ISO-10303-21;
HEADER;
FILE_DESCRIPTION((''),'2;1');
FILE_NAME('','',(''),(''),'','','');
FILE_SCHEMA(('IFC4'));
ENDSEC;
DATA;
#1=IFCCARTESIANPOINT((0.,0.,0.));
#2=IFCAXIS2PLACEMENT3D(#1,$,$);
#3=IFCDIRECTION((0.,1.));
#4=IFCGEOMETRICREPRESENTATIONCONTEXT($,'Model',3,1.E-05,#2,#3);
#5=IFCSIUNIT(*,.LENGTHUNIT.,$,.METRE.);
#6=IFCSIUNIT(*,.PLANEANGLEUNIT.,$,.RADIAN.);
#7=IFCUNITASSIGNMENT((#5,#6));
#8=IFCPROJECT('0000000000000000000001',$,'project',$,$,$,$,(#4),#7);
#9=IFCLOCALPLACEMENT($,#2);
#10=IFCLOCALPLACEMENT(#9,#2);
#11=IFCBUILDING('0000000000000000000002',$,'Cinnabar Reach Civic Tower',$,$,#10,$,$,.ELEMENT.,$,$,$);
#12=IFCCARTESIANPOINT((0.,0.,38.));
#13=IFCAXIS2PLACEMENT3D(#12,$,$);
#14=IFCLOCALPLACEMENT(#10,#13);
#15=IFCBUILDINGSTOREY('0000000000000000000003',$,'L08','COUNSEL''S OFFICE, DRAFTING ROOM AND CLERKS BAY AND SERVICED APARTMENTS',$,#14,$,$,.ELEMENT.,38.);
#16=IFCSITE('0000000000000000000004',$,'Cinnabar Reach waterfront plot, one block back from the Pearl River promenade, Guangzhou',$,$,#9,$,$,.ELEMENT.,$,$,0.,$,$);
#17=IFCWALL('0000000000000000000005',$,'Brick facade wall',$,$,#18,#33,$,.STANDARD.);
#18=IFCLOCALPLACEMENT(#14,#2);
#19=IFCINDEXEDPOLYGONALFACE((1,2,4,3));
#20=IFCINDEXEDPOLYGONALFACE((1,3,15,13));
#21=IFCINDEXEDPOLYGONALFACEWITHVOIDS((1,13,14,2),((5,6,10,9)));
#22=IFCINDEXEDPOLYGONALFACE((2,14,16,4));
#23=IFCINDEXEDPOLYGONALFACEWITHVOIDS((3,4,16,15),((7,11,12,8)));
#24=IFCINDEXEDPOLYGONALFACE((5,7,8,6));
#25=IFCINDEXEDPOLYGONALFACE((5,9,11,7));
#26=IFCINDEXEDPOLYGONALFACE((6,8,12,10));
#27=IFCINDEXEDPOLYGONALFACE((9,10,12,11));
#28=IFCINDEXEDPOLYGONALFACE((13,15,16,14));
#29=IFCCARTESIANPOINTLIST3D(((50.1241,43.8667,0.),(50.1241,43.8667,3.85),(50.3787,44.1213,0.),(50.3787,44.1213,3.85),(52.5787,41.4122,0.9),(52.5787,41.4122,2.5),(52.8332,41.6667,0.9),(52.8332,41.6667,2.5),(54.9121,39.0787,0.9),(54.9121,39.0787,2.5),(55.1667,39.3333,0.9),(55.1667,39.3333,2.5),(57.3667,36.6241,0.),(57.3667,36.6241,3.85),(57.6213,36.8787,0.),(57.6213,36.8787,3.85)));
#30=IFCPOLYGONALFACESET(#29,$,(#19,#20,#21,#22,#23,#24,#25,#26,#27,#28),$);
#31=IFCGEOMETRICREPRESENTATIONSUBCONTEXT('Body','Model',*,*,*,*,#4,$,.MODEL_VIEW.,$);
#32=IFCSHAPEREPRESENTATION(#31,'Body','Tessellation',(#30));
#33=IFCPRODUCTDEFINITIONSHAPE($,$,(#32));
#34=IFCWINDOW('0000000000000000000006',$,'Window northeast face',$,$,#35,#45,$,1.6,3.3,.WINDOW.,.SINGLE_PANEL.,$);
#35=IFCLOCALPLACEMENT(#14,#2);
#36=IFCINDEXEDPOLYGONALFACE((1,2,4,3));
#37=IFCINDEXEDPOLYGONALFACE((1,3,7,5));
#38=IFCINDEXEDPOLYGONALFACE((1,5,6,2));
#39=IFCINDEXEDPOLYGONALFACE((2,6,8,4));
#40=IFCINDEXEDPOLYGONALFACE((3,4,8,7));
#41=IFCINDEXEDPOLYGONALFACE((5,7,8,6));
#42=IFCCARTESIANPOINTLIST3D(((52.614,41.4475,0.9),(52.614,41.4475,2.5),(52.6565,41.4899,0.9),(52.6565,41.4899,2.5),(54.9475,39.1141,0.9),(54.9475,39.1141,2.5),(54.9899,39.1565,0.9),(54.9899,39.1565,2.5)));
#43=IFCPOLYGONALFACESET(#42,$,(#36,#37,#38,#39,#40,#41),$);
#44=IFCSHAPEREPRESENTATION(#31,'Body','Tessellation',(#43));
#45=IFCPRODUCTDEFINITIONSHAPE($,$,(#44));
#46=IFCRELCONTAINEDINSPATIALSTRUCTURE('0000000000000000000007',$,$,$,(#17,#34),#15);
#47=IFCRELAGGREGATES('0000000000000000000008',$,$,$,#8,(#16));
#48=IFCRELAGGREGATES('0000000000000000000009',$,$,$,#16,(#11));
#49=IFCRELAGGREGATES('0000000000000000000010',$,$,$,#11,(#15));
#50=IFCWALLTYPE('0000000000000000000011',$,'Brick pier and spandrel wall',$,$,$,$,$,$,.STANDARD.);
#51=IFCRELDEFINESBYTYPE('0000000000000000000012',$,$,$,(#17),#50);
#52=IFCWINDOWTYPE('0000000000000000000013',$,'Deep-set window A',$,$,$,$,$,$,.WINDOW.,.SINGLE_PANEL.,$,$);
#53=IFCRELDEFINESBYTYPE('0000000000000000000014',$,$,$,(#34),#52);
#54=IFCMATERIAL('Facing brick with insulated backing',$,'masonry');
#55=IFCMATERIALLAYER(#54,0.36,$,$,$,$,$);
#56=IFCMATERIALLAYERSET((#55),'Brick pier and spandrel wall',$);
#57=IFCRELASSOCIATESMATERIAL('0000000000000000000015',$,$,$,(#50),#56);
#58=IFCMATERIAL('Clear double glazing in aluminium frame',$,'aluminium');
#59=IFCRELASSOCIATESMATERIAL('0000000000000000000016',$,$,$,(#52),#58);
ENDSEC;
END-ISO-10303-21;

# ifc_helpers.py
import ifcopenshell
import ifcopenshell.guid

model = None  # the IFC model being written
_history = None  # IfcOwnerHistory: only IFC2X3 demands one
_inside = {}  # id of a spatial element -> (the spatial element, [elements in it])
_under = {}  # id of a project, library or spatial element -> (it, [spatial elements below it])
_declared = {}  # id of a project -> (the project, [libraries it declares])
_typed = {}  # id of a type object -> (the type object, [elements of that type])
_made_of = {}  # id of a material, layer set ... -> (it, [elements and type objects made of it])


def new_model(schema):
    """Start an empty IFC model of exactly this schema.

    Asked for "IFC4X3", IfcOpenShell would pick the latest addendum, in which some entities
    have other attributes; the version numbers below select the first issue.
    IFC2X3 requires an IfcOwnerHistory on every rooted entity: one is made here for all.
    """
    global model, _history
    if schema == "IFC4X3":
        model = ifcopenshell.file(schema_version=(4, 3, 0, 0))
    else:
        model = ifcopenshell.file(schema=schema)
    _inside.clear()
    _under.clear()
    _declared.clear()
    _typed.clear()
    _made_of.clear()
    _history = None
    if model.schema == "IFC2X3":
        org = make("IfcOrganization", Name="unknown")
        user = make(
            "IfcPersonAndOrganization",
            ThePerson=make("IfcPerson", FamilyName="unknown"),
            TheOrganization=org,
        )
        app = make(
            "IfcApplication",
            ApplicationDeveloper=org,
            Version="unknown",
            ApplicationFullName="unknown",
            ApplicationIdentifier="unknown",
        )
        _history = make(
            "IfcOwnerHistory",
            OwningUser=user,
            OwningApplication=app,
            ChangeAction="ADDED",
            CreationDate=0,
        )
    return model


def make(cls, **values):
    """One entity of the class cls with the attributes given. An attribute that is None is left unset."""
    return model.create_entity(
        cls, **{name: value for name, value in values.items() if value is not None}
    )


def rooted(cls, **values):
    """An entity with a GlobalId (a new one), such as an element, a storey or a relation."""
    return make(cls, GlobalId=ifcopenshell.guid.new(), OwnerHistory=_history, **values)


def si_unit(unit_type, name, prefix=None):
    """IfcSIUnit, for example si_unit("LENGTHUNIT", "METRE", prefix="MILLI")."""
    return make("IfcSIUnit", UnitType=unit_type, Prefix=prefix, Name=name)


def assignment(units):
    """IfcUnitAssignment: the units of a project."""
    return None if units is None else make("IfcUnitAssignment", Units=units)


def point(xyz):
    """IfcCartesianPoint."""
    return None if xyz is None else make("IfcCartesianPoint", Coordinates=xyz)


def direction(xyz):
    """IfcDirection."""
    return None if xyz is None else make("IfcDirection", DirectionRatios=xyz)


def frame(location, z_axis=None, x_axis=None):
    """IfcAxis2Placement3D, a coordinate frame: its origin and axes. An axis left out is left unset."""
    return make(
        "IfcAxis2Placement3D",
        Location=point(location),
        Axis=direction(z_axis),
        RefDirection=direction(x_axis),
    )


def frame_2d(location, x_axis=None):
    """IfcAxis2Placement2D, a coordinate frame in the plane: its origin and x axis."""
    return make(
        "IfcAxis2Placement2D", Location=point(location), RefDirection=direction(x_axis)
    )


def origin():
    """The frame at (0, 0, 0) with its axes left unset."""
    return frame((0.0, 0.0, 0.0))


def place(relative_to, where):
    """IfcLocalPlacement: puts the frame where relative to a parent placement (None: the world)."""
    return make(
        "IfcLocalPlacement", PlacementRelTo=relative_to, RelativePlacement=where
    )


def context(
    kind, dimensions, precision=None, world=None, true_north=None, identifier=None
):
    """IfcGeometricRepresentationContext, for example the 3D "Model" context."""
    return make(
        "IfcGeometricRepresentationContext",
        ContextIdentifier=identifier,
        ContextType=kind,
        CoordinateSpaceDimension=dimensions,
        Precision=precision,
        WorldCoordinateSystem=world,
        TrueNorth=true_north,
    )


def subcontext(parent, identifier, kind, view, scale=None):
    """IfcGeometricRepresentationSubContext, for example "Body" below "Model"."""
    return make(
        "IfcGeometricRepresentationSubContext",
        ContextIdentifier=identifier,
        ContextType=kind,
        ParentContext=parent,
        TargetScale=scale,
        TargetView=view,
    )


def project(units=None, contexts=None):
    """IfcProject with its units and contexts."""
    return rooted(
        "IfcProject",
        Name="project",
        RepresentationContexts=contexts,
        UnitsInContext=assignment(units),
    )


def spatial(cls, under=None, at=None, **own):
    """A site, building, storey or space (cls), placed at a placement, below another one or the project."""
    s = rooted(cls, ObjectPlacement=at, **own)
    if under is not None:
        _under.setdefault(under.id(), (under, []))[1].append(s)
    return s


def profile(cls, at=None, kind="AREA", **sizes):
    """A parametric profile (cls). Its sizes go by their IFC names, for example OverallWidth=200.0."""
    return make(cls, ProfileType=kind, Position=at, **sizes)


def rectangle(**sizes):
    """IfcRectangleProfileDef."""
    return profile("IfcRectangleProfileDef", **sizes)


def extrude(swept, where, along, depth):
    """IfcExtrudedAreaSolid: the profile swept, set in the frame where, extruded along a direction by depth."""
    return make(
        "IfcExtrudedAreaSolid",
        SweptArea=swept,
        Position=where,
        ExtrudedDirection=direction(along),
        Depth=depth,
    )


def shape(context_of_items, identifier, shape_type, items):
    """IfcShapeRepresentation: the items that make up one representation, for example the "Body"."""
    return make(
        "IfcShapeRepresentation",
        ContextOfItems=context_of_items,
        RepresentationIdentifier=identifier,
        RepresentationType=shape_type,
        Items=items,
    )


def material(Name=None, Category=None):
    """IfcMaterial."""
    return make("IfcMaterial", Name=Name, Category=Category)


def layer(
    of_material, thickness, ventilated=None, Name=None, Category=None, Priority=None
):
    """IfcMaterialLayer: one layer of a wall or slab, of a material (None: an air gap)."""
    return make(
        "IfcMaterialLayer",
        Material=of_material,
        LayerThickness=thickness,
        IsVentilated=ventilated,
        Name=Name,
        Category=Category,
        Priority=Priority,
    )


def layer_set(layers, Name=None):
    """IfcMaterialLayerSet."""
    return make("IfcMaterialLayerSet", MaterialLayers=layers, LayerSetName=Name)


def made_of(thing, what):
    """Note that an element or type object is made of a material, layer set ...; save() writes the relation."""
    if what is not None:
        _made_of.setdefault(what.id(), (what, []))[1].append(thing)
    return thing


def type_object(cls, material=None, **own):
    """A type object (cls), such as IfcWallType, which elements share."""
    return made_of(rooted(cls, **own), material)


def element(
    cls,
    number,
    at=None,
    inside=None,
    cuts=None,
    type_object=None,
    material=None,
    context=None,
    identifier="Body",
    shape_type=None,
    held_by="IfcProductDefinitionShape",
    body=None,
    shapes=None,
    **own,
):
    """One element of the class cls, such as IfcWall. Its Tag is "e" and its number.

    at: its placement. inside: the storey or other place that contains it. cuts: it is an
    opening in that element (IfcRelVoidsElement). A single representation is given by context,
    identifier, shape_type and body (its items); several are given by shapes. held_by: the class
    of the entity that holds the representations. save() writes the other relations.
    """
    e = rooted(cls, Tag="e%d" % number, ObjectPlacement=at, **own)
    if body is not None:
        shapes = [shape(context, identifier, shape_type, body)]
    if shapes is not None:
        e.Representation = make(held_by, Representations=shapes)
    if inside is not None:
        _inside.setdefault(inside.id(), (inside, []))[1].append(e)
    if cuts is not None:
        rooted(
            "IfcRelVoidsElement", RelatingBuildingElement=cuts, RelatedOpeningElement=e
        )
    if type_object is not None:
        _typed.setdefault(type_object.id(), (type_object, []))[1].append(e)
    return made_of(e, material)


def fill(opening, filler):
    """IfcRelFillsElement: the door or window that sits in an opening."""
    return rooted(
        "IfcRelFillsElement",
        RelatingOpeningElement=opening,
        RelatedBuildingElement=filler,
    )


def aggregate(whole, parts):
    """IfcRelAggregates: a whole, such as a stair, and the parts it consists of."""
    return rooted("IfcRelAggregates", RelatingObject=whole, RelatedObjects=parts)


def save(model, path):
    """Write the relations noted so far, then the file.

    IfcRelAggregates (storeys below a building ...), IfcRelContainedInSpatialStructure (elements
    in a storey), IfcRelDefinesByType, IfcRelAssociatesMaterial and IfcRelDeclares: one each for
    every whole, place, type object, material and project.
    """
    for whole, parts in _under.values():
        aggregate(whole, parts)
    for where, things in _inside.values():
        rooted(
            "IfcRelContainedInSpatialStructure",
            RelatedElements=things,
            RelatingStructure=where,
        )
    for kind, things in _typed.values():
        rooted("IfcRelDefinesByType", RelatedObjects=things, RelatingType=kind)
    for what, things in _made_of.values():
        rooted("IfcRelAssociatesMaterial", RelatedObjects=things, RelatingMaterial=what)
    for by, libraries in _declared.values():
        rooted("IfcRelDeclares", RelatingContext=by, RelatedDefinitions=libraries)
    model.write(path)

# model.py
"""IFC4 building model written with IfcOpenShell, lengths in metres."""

from ifc_helpers import new_model, si_unit, direction, frame, frame_2d, origin, place, context, subcontext, project, spatial, rectangle, extrude, material, layer, layer_set, type_object, element, fill, save


model = new_model("IFC4")

# Units and contexts
model_context = context("Model", 3, precision=1e-05, world=origin(), true_north=direction((0.0, 1.0)))
body_context = subcontext(model_context, "Body", "Model", "MODEL_VIEW")
ifc_project = project(units=[si_unit("LENGTHUNIT", "METRE"), si_unit("PLANEANGLEUNIT", "RADIAN")], contexts=[model_context])

# Site, building, storey
site_placement = place(None, origin())
site = spatial("IfcSite", under=ifc_project, at=site_placement, Name="Cinnabar Reach waterfront plot, one block back from the Pearl River promenade, Guangzhou", CompositionType="ELEMENT", RefElevation=0.0)
building_placement = place(site_placement, origin())
building = spatial("IfcBuilding", under=site, at=building_placement, Name="Cinnabar Reach Civic Tower", CompositionType="ELEMENT")
storey_placement = place(building_placement, frame((0.0, 0.0, 38.0)))
storey = spatial("IfcBuildingStorey", under=building, at=storey_placement, Name="L08", Description="COUNSEL'S OFFICE, DRAFTING ROOM AND CLERKS BAY AND SERVICED APARTMENTS", CompositionType="ELEMENT", Elevation=38.0)

# Shared definitions
ifc_material_1 = material(Name="Facing brick with insulated backing", Category="masonry")

# Wall, opening, window
ifc_layer_1 = layer(ifc_material_1, 0.36)
ifc_layer_set_1 = layer_set([ifc_layer_1], Name="Brick pier and spandrel wall")
wall_type_1 = type_object("IfcWallType", Name="Brick pier and spandrel wall", PredefinedType="STANDARD", material=ifc_layer_set_1)
wall_1_placement = place(storey_placement, frame((57.494, 36.7514, 0.0), z_axis=(0.0, 0.0, 1.0), x_axis=(-0.707107, 0.707107, 0.0)))
wall_1 = element("IfcWall", 1, at=wall_1_placement, inside=storey, type_object=wall_type_1, Name="Brick facade wall", PredefinedType="STANDARD", context=body_context, shape_type="SweptSolid", body=[
    extrude(rectangle(XDim=10.2426, YDim=0.36, at=frame_2d((5.1213, 0.0))), origin(), (0.0, 0.0, 1.0), 3.85),
])
opening_placement = place(wall_1_placement, frame((3.4713, 0.0, 0.9)))
opening = element("IfcOpeningElement", 2, at=opening_placement, cuts=wall_1, PredefinedType="OPENING", context=body_context, shape_type="SweptSolid", body=[
    extrude(rectangle(XDim=3.3, YDim=1.6, at=frame_2d((1.65, 0.8))), frame((0.0, 0.19, 0.0), z_axis=(0.0, -1.0, 0.0), x_axis=(1.0, 0.0, 0.0)), (0.0, 0.0, 1.0), 0.38),
])
ifc_material_2 = material(Name="Clear double glazing in aluminium frame", Category="aluminium")
window_type = type_object("IfcWindowType", Name="Deep-set window A", PartitioningType="SINGLE_PANEL", PredefinedType="WINDOW", material=ifc_material_2)
window_placement = place(opening_placement, origin())
window = element("IfcWindow", 3, at=window_placement, inside=storey, type_object=window_type, Name="Window northeast face", OverallHeight=1.6, OverallWidth=3.3, PartitioningType="SINGLE_PANEL", PredefinedType="WINDOW", context=body_context, shape_type="SweptSolid", body=[
    extrude(rectangle(XDim=3.3, YDim=1.6, at=frame_2d((1.65, 0.8))), frame((0.0, 0.13, 0.0), z_axis=(0.0, -1.0, 0.0), x_axis=(1.0, 0.0, 0.0)), (0.0, 0.0, 1.0), 0.06),
])
fill(opening, window)

save(model, "model.ifc")
